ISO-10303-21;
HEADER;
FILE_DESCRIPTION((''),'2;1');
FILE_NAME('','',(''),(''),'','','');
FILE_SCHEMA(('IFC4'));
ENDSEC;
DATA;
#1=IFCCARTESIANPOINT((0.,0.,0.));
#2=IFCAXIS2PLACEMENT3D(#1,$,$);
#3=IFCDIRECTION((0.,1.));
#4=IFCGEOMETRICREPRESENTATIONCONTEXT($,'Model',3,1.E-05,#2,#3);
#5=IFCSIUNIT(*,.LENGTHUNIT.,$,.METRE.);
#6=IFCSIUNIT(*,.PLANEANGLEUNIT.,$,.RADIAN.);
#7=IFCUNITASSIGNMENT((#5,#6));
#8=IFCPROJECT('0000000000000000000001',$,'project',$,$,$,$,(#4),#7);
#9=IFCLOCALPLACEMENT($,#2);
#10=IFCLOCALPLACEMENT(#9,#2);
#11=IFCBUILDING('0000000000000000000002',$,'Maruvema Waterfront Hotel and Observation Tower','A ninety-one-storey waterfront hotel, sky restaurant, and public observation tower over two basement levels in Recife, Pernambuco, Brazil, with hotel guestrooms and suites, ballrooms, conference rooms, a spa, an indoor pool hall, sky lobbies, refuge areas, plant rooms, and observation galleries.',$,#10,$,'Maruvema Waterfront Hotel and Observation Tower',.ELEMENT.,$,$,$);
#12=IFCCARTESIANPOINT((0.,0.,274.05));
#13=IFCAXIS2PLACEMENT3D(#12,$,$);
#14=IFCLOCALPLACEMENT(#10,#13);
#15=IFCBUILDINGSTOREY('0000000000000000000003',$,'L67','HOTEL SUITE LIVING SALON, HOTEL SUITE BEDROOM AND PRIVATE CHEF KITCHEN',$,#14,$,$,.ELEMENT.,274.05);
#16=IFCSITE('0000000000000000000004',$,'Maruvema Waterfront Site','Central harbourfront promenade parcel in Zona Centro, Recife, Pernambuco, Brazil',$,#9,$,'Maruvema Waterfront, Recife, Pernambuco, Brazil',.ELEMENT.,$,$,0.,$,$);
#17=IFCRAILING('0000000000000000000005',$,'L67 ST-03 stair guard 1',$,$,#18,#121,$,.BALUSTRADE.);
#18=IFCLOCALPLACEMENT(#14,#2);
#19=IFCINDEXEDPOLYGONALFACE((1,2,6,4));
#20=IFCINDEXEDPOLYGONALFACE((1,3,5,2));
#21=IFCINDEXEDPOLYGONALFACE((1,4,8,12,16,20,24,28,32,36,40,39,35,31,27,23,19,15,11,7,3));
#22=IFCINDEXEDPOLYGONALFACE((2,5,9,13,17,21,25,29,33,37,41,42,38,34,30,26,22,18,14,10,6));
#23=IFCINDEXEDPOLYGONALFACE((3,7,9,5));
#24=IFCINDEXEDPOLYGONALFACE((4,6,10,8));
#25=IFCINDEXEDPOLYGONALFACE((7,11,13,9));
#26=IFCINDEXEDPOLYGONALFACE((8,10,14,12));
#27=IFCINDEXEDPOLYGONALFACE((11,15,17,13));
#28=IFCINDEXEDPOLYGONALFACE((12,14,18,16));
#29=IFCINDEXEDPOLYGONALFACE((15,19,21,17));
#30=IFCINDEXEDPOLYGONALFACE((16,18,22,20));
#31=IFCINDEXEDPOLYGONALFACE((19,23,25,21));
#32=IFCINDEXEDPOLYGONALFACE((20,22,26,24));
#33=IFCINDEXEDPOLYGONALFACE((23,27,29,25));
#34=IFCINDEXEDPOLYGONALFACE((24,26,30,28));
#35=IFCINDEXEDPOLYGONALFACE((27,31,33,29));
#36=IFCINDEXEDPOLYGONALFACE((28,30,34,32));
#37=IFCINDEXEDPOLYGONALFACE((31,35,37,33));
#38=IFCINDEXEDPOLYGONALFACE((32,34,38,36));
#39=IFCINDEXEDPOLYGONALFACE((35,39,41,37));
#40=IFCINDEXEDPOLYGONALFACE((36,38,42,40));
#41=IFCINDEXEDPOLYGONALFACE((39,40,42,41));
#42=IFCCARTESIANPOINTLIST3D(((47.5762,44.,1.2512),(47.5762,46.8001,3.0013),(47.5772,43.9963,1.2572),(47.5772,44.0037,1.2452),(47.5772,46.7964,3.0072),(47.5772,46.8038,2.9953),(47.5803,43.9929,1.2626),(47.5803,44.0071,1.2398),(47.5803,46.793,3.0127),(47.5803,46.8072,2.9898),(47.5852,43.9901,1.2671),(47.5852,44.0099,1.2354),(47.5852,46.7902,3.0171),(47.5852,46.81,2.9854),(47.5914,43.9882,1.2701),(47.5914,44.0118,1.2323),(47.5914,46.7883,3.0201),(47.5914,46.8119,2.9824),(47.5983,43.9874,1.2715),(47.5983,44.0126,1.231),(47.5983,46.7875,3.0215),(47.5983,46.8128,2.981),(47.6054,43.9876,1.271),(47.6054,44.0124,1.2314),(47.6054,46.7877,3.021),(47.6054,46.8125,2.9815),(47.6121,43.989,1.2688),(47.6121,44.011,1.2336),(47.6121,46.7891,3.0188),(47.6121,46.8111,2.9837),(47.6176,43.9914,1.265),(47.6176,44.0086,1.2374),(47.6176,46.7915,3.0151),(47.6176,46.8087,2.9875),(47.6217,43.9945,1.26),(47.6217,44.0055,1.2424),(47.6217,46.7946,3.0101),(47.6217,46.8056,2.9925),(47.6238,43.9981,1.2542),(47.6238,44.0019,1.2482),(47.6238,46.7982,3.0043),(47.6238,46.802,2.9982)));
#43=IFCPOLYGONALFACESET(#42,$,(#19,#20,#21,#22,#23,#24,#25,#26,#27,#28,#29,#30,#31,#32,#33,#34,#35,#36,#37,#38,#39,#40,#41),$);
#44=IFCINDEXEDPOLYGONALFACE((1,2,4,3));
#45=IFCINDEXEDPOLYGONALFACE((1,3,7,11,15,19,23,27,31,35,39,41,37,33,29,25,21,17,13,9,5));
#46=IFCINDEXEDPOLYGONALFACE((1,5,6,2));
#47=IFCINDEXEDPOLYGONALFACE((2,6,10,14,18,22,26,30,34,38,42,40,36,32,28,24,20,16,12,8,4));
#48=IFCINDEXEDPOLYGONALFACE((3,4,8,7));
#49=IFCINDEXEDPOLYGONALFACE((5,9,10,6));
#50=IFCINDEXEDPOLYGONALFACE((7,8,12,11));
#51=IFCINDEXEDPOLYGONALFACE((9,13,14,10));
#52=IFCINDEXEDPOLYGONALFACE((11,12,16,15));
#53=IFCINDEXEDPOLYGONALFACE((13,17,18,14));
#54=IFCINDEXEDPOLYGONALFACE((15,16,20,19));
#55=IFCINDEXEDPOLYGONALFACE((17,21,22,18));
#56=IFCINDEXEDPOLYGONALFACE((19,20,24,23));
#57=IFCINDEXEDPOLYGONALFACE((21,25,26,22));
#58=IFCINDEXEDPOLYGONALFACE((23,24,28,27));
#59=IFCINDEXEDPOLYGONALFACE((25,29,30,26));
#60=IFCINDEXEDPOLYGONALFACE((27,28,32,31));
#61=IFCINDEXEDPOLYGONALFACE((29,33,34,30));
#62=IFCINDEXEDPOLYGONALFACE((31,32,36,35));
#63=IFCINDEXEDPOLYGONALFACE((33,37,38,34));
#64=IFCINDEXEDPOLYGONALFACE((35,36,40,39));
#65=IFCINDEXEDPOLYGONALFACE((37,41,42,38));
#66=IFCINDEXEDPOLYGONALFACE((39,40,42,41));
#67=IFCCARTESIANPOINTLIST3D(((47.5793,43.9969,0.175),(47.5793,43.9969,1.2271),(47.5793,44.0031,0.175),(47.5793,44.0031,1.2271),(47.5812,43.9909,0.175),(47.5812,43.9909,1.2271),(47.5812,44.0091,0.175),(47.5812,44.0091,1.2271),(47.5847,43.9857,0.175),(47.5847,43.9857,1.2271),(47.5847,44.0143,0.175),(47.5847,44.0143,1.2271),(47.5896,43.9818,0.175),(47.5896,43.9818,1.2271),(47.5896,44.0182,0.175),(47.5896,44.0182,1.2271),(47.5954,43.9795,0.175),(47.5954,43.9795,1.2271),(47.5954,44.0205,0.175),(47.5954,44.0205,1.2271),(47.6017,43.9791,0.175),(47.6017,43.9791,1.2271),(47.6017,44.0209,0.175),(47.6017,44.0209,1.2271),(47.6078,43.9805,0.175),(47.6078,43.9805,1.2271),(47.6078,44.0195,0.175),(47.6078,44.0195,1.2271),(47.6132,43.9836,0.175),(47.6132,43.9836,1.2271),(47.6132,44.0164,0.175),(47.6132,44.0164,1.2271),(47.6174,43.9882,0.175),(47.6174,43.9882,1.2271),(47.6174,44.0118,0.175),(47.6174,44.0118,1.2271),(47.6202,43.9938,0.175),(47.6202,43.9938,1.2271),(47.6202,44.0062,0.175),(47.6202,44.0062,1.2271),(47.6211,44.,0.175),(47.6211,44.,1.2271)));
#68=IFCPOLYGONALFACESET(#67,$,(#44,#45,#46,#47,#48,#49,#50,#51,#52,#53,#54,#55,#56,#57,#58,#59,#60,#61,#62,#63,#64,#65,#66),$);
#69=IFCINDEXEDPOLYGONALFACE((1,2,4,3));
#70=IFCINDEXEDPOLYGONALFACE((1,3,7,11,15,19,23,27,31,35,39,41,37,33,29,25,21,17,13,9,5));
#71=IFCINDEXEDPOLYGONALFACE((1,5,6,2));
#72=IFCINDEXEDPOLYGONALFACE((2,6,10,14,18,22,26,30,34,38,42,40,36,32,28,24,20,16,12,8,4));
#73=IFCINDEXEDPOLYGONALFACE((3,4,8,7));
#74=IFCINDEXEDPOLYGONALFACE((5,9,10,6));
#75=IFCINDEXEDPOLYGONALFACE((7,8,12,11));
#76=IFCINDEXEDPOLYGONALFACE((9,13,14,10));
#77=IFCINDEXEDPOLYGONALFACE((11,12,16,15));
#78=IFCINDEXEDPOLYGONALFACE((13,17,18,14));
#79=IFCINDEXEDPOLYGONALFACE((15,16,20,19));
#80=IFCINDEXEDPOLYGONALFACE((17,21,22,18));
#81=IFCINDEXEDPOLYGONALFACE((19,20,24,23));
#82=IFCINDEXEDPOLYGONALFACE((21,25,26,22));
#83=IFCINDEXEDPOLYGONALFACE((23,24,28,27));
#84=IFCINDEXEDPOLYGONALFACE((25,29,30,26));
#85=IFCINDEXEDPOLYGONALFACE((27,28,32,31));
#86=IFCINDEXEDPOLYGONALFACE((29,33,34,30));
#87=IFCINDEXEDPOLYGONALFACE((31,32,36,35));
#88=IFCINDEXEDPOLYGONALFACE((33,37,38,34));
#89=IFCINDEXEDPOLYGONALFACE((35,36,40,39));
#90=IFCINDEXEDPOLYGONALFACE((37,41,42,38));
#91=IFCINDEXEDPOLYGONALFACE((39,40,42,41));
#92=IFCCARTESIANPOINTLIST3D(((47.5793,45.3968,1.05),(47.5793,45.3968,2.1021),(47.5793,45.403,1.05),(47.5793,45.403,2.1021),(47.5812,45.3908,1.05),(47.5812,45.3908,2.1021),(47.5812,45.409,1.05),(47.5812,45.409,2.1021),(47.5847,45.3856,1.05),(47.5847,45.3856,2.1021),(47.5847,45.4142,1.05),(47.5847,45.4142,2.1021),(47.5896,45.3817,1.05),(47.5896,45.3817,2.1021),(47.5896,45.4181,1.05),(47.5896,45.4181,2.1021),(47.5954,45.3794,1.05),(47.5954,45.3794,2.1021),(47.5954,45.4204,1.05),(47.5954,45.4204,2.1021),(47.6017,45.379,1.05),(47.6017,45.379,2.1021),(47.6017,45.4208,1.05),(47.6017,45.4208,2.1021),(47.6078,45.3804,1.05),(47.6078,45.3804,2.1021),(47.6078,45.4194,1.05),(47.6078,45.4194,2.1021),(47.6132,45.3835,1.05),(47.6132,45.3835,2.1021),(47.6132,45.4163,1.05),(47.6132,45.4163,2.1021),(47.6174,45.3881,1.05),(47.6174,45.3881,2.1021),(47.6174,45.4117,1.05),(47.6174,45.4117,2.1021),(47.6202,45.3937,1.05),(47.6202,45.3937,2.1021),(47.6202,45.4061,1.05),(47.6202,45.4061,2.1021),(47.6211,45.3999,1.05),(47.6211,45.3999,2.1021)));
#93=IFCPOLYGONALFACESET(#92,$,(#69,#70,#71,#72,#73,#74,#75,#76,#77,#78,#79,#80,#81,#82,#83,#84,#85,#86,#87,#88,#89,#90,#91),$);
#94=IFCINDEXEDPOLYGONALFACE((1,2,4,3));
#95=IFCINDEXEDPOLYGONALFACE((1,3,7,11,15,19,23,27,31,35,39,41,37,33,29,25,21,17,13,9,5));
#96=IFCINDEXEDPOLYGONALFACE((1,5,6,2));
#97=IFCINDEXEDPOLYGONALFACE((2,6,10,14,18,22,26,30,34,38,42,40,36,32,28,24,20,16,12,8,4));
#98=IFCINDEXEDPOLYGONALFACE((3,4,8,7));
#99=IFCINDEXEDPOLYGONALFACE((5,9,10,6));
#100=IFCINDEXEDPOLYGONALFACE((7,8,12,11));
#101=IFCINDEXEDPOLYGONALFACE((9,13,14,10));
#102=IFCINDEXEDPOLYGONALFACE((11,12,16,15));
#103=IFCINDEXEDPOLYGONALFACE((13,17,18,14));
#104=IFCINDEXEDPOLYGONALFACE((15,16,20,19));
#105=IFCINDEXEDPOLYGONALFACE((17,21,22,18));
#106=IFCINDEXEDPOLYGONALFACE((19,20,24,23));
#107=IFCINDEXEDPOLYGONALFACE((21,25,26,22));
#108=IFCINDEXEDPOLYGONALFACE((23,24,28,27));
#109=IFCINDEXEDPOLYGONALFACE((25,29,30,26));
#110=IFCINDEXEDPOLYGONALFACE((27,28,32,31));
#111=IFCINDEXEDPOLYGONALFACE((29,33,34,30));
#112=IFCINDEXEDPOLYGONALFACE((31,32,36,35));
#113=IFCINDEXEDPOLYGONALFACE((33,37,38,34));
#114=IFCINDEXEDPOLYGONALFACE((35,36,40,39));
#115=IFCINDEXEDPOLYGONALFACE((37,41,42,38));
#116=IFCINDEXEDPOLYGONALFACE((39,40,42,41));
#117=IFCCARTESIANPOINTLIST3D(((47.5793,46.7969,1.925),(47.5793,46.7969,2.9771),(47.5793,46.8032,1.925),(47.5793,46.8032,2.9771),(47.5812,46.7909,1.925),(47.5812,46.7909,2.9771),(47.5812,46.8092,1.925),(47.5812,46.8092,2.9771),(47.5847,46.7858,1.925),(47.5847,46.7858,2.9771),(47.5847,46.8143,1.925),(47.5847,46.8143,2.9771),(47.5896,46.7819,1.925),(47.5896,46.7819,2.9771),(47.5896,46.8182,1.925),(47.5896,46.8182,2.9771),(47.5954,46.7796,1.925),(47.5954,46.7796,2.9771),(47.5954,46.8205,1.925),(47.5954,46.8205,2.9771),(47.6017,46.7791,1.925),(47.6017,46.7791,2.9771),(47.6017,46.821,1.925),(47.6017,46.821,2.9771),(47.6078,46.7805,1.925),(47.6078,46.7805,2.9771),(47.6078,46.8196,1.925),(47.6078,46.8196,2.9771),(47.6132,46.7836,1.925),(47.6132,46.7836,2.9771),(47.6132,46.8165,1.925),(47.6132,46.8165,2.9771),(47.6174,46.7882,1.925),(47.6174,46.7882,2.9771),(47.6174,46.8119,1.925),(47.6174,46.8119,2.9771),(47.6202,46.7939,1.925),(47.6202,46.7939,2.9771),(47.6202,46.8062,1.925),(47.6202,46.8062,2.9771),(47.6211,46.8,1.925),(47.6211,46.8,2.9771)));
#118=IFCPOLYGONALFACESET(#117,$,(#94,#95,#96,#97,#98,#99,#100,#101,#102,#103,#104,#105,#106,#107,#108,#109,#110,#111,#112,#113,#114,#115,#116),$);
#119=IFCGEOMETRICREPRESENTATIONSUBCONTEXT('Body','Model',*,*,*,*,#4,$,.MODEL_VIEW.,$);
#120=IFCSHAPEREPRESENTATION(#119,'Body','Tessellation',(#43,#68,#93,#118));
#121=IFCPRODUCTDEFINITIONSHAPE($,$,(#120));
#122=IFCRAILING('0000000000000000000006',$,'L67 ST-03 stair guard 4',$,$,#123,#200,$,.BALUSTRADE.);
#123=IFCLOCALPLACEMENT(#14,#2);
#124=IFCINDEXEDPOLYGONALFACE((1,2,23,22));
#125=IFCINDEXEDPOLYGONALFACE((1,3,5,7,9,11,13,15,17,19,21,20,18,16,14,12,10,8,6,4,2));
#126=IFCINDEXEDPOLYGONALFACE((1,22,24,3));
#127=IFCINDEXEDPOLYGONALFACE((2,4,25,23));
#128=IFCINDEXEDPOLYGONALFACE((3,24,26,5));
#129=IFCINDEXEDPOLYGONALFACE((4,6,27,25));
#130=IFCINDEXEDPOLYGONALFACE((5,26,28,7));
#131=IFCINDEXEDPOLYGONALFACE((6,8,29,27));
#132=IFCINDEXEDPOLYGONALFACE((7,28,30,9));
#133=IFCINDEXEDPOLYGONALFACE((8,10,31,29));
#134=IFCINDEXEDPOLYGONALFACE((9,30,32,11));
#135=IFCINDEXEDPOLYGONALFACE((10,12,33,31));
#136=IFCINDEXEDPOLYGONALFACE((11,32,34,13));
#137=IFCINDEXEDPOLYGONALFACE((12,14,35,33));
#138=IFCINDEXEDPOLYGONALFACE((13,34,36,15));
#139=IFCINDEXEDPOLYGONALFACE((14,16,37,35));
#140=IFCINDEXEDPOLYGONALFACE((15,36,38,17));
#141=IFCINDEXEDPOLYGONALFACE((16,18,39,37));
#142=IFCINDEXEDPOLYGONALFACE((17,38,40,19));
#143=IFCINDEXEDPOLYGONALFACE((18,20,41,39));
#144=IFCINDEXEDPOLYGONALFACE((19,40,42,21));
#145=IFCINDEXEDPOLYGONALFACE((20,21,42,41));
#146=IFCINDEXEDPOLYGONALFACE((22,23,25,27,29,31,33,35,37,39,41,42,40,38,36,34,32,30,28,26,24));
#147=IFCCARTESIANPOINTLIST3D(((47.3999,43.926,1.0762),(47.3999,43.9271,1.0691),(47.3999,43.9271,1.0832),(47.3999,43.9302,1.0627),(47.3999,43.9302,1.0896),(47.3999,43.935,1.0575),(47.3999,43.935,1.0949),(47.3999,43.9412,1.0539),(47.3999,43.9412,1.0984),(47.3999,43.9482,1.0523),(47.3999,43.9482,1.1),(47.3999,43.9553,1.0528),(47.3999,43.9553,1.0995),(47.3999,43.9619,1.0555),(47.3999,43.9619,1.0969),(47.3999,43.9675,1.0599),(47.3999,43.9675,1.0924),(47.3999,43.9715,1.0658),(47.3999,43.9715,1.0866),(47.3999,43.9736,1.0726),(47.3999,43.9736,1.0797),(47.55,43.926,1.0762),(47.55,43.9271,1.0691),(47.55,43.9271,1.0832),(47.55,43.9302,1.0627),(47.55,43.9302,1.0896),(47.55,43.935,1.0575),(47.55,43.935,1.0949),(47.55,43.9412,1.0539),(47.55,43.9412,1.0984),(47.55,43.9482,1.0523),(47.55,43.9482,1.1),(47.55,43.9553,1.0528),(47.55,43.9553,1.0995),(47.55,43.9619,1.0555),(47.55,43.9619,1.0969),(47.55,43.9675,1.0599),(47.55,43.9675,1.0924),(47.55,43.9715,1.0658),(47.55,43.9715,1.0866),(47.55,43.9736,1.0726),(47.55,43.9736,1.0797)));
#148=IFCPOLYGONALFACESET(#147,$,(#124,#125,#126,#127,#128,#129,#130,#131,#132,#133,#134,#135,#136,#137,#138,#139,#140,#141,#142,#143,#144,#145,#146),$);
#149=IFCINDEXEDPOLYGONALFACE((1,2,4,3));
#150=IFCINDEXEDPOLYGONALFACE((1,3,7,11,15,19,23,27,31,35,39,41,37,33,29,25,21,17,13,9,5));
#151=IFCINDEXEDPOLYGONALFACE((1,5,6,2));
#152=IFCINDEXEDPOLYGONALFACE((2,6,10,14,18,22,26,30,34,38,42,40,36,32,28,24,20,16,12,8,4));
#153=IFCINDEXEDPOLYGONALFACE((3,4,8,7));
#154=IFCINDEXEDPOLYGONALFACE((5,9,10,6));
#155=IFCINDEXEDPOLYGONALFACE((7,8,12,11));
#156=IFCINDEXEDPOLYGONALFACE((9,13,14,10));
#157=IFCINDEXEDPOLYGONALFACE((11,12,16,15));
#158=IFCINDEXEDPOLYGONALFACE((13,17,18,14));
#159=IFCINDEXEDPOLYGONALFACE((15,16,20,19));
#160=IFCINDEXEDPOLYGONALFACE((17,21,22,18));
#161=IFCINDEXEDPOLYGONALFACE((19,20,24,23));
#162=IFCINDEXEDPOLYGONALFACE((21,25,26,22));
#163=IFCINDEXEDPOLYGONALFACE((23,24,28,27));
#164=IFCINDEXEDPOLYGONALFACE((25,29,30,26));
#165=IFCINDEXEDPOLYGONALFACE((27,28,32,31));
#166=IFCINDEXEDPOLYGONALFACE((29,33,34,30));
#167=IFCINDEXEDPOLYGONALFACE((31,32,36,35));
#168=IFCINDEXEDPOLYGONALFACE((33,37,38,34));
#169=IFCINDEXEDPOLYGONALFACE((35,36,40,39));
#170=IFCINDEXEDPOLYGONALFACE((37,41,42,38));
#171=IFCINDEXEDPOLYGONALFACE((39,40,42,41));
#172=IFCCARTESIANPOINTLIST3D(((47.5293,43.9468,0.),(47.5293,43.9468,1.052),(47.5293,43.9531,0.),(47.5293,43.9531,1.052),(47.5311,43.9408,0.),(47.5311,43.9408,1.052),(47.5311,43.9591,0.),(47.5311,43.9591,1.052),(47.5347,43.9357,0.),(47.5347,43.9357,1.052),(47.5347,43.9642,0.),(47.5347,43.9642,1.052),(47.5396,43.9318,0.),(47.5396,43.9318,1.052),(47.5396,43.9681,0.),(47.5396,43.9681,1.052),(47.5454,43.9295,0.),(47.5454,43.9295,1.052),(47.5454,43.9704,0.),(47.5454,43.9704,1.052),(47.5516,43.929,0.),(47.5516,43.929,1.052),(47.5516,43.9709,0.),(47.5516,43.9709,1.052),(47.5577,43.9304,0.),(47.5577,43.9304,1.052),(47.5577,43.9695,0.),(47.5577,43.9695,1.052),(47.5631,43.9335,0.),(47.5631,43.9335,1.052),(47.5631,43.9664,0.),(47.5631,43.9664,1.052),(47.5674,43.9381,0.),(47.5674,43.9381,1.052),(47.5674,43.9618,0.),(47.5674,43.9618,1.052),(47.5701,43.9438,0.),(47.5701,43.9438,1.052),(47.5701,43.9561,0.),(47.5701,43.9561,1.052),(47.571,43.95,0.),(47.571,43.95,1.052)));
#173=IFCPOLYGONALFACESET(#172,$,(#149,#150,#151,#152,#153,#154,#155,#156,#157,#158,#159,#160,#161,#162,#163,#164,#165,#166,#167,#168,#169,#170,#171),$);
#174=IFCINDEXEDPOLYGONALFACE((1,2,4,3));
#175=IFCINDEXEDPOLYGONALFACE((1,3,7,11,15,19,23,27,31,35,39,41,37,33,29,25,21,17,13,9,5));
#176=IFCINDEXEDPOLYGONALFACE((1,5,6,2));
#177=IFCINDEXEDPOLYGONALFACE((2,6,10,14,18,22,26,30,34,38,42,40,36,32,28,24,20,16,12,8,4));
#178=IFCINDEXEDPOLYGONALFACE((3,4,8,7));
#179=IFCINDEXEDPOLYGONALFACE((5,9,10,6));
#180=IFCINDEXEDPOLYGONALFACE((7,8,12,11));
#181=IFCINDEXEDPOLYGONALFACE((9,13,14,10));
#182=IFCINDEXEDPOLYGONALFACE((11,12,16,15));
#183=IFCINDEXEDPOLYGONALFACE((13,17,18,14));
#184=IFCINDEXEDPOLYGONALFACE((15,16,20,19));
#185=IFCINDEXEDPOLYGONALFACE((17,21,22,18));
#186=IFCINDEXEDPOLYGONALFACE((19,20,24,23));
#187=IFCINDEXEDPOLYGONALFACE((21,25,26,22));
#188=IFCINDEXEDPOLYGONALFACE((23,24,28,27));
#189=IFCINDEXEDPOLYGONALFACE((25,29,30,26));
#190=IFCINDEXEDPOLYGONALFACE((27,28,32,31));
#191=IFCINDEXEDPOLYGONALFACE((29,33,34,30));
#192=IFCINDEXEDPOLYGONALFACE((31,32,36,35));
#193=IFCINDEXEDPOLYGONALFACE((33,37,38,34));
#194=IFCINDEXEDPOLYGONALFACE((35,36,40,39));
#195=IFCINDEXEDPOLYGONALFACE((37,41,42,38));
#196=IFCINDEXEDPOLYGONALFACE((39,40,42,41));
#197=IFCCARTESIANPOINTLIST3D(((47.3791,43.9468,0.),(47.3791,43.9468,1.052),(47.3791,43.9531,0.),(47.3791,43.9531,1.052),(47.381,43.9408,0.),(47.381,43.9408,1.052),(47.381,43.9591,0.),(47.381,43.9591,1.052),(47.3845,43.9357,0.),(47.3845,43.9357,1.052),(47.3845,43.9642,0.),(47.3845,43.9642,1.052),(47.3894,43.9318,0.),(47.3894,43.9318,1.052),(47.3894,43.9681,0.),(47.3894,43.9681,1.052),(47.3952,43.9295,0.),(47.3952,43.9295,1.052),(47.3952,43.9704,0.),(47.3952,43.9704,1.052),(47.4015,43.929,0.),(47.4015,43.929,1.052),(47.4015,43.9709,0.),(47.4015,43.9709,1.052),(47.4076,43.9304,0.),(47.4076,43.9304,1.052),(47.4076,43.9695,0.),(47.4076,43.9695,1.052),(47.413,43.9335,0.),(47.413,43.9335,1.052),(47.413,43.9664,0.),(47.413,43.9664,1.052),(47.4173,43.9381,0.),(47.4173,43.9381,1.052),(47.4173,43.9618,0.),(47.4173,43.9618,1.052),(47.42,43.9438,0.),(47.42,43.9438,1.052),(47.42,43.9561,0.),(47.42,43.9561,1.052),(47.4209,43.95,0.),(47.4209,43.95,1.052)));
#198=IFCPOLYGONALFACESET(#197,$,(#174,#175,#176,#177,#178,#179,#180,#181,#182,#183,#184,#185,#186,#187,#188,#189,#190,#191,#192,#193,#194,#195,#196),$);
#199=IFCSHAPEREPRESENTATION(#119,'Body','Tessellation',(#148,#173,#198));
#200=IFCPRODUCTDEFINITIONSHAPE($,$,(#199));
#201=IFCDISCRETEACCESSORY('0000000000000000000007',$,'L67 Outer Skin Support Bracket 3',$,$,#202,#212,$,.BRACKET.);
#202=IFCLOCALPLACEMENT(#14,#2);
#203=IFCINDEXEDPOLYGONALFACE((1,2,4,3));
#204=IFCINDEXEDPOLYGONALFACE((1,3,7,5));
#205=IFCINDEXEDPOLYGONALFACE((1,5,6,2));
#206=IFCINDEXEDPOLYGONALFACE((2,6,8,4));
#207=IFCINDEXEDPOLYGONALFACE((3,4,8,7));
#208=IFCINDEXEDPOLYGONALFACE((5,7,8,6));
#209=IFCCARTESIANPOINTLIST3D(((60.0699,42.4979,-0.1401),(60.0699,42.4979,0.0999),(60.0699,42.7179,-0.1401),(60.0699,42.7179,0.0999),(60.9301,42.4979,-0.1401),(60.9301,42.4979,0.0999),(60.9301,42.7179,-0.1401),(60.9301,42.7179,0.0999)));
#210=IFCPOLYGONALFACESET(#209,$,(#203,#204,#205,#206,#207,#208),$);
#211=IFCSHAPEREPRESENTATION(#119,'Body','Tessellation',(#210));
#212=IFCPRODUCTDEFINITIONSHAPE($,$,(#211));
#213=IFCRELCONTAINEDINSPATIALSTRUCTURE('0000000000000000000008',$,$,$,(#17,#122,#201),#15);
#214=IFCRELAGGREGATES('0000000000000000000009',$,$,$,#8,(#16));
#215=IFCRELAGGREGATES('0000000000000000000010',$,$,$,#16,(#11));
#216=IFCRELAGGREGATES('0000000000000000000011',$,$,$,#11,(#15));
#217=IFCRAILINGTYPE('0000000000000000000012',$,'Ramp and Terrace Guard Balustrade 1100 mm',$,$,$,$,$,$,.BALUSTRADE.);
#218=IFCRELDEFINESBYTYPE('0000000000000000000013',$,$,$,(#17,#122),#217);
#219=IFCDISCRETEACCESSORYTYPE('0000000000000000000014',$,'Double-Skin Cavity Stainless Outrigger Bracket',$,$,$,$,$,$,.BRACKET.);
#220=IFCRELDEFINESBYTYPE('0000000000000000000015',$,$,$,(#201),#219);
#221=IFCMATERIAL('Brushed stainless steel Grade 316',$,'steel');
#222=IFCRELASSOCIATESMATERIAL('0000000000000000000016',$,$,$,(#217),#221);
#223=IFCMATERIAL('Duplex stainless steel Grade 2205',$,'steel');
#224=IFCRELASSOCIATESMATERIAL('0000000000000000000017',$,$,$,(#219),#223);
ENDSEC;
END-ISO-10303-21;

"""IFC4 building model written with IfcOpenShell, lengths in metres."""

from ifc_helpers import new_model, si_unit, direction, frame, origin, origin_2d, place, context, subcontext, project, spatial, rectangle, circle, extrude, material, type_object, element, save


model = new_model("IFC4")

# Units and contexts
model_context = context("Model", 3, precision=1e-05, world=origin(), true_north=direction((0.0, 1.0)))
body_context = subcontext(model_context, "Body", "Model", "MODEL_VIEW")
ifc_project = project(units=[si_unit("LENGTHUNIT", "METRE"), si_unit("PLANEANGLEUNIT", "RADIAN")], contexts=[model_context])

# Site, building, storey
site_placement = place(None, origin())
site = spatial("IfcSite", under=ifc_project, at=site_placement, Name="Maruvema Waterfront Site", Description="Central harbourfront promenade parcel in Zona Centro, Recife, Pernambuco, Brazil", LongName="Maruvema Waterfront, Recife, Pernambuco, Brazil", CompositionType="ELEMENT", RefElevation=0.0)
building_placement = place(site_placement, origin())
building = spatial("IfcBuilding", under=site, at=building_placement, Name="Maruvema Waterfront Hotel and Observation Tower", Description="A ninety-one-storey waterfront hotel, sky restaurant, and public observation tower over two basement levels in Recife, Pernambuco, Brazil, with hotel guestrooms and suites, ballrooms, conference rooms, a spa, an indoor pool hall, sky lobbies, refuge areas, plant rooms, and observation galleries.", LongName="Maruvema Waterfront Hotel and Observation Tower", CompositionType="ELEMENT")
storey_placement = place(building_placement, frame((0.0, 0.0, 274.05)))
storey = spatial("IfcBuildingStorey", under=building, at=storey_placement, Name="L67", Description="HOTEL SUITE LIVING SALON, HOTEL SUITE BEDROOM AND PRIVATE CHEF KITCHEN", CompositionType="ELEMENT", Elevation=274.05)

# Railings
ifc_material_1 = material(Name="Brushed stainless steel Grade 316", Category="steel")
railing_type_1 = type_object("IfcRailingType", Name="Ramp and Terrace Guard Balustrade 1100 mm", PredefinedType="BALUSTRADE", material=ifc_material_1)
railing_1_placement = place(storey_placement, frame((47.6001, 44.0, 0.175)))
element("IfcRailing", 1, at=railing_1_placement, inside=storey, type_object=railing_type_1, Name="L67 ST-03 stair guard 1", PredefinedType="BALUSTRADE", context=body_context, shape_type="SweptSolid", body=[
    extrude(circle(Radius=0.0239, at=origin_2d()), frame((0.0, 0.0, 1.0762), z_axis=(0.0, 0.848002, 0.529992), x_axis=(-1.0, 0.0, 0.0)), (0.0, 0.0, 1.0), 3.302),
    extrude(circle(Radius=0.021, at=origin_2d()), origin(), (0.0, 0.0, 1.0), 1.052),
    extrude(circle(Radius=0.021, at=origin_2d()), frame((0.0, 1.3999, 0.875)), (0.0, 0.0, 1.0), 1.052),
    extrude(circle(Radius=0.021, at=origin_2d()), frame((0.0, 2.8, 1.75)), (0.0, 0.0, 1.0), 1.052),
])
railing_2_placement = place(storey_placement, frame((47.55, 43.95, 0.0)))
element("IfcRailing", 2, at=railing_2_placement, inside=storey, type_object=railing_type_1, Name="L67 ST-03 stair guard 4", PredefinedType="BALUSTRADE", context=body_context, shape_type="SweptSolid", body=[
    extrude(circle(Radius=0.0239, at=origin_2d()), frame((0.0, 0.0, 1.0762), z_axis=(-1.0, 0.0, 0.0), x_axis=(0.0, -1.0, 0.0)), (0.0, 0.0, 1.0), 0.1501),
    extrude(circle(Radius=0.021, at=origin_2d()), origin(), (0.0, 0.0, 1.0), 1.052),
    extrude(circle(Radius=0.021, at=origin_2d()), frame((-0.1501, 0.0, 0.0)), (0.0, 0.0, 1.0), 1.052),
])

# Discrete accessory
ifc_material_2 = material(Name="Duplex stainless steel Grade 2205", Category="steel")
discrete_accessory_type = type_object("IfcDiscreteAccessoryType", Name="Double-Skin Cavity Stainless Outrigger Bracket", PredefinedType="BRACKET", material=ifc_material_2)
discrete_accessory_placement = place(storey_placement, frame((60.5, 42.6079, -0.1401), z_axis=(0.0, 0.0, 1.0), x_axis=(0.0, 1.0, 0.0)))
element("IfcDiscreteAccessory", 3, at=discrete_accessory_placement, inside=storey, type_object=discrete_accessory_type, Name="L67 Outer Skin Support Bracket 3", PredefinedType="BRACKET", context=body_context, shape_type="SweptSolid", body=[
    extrude(rectangle(XDim=0.22, YDim=0.8601, at=origin_2d()), origin(), (0.0, 0.0, 1.0), 0.24),
])

save(model, "model.ifc")
